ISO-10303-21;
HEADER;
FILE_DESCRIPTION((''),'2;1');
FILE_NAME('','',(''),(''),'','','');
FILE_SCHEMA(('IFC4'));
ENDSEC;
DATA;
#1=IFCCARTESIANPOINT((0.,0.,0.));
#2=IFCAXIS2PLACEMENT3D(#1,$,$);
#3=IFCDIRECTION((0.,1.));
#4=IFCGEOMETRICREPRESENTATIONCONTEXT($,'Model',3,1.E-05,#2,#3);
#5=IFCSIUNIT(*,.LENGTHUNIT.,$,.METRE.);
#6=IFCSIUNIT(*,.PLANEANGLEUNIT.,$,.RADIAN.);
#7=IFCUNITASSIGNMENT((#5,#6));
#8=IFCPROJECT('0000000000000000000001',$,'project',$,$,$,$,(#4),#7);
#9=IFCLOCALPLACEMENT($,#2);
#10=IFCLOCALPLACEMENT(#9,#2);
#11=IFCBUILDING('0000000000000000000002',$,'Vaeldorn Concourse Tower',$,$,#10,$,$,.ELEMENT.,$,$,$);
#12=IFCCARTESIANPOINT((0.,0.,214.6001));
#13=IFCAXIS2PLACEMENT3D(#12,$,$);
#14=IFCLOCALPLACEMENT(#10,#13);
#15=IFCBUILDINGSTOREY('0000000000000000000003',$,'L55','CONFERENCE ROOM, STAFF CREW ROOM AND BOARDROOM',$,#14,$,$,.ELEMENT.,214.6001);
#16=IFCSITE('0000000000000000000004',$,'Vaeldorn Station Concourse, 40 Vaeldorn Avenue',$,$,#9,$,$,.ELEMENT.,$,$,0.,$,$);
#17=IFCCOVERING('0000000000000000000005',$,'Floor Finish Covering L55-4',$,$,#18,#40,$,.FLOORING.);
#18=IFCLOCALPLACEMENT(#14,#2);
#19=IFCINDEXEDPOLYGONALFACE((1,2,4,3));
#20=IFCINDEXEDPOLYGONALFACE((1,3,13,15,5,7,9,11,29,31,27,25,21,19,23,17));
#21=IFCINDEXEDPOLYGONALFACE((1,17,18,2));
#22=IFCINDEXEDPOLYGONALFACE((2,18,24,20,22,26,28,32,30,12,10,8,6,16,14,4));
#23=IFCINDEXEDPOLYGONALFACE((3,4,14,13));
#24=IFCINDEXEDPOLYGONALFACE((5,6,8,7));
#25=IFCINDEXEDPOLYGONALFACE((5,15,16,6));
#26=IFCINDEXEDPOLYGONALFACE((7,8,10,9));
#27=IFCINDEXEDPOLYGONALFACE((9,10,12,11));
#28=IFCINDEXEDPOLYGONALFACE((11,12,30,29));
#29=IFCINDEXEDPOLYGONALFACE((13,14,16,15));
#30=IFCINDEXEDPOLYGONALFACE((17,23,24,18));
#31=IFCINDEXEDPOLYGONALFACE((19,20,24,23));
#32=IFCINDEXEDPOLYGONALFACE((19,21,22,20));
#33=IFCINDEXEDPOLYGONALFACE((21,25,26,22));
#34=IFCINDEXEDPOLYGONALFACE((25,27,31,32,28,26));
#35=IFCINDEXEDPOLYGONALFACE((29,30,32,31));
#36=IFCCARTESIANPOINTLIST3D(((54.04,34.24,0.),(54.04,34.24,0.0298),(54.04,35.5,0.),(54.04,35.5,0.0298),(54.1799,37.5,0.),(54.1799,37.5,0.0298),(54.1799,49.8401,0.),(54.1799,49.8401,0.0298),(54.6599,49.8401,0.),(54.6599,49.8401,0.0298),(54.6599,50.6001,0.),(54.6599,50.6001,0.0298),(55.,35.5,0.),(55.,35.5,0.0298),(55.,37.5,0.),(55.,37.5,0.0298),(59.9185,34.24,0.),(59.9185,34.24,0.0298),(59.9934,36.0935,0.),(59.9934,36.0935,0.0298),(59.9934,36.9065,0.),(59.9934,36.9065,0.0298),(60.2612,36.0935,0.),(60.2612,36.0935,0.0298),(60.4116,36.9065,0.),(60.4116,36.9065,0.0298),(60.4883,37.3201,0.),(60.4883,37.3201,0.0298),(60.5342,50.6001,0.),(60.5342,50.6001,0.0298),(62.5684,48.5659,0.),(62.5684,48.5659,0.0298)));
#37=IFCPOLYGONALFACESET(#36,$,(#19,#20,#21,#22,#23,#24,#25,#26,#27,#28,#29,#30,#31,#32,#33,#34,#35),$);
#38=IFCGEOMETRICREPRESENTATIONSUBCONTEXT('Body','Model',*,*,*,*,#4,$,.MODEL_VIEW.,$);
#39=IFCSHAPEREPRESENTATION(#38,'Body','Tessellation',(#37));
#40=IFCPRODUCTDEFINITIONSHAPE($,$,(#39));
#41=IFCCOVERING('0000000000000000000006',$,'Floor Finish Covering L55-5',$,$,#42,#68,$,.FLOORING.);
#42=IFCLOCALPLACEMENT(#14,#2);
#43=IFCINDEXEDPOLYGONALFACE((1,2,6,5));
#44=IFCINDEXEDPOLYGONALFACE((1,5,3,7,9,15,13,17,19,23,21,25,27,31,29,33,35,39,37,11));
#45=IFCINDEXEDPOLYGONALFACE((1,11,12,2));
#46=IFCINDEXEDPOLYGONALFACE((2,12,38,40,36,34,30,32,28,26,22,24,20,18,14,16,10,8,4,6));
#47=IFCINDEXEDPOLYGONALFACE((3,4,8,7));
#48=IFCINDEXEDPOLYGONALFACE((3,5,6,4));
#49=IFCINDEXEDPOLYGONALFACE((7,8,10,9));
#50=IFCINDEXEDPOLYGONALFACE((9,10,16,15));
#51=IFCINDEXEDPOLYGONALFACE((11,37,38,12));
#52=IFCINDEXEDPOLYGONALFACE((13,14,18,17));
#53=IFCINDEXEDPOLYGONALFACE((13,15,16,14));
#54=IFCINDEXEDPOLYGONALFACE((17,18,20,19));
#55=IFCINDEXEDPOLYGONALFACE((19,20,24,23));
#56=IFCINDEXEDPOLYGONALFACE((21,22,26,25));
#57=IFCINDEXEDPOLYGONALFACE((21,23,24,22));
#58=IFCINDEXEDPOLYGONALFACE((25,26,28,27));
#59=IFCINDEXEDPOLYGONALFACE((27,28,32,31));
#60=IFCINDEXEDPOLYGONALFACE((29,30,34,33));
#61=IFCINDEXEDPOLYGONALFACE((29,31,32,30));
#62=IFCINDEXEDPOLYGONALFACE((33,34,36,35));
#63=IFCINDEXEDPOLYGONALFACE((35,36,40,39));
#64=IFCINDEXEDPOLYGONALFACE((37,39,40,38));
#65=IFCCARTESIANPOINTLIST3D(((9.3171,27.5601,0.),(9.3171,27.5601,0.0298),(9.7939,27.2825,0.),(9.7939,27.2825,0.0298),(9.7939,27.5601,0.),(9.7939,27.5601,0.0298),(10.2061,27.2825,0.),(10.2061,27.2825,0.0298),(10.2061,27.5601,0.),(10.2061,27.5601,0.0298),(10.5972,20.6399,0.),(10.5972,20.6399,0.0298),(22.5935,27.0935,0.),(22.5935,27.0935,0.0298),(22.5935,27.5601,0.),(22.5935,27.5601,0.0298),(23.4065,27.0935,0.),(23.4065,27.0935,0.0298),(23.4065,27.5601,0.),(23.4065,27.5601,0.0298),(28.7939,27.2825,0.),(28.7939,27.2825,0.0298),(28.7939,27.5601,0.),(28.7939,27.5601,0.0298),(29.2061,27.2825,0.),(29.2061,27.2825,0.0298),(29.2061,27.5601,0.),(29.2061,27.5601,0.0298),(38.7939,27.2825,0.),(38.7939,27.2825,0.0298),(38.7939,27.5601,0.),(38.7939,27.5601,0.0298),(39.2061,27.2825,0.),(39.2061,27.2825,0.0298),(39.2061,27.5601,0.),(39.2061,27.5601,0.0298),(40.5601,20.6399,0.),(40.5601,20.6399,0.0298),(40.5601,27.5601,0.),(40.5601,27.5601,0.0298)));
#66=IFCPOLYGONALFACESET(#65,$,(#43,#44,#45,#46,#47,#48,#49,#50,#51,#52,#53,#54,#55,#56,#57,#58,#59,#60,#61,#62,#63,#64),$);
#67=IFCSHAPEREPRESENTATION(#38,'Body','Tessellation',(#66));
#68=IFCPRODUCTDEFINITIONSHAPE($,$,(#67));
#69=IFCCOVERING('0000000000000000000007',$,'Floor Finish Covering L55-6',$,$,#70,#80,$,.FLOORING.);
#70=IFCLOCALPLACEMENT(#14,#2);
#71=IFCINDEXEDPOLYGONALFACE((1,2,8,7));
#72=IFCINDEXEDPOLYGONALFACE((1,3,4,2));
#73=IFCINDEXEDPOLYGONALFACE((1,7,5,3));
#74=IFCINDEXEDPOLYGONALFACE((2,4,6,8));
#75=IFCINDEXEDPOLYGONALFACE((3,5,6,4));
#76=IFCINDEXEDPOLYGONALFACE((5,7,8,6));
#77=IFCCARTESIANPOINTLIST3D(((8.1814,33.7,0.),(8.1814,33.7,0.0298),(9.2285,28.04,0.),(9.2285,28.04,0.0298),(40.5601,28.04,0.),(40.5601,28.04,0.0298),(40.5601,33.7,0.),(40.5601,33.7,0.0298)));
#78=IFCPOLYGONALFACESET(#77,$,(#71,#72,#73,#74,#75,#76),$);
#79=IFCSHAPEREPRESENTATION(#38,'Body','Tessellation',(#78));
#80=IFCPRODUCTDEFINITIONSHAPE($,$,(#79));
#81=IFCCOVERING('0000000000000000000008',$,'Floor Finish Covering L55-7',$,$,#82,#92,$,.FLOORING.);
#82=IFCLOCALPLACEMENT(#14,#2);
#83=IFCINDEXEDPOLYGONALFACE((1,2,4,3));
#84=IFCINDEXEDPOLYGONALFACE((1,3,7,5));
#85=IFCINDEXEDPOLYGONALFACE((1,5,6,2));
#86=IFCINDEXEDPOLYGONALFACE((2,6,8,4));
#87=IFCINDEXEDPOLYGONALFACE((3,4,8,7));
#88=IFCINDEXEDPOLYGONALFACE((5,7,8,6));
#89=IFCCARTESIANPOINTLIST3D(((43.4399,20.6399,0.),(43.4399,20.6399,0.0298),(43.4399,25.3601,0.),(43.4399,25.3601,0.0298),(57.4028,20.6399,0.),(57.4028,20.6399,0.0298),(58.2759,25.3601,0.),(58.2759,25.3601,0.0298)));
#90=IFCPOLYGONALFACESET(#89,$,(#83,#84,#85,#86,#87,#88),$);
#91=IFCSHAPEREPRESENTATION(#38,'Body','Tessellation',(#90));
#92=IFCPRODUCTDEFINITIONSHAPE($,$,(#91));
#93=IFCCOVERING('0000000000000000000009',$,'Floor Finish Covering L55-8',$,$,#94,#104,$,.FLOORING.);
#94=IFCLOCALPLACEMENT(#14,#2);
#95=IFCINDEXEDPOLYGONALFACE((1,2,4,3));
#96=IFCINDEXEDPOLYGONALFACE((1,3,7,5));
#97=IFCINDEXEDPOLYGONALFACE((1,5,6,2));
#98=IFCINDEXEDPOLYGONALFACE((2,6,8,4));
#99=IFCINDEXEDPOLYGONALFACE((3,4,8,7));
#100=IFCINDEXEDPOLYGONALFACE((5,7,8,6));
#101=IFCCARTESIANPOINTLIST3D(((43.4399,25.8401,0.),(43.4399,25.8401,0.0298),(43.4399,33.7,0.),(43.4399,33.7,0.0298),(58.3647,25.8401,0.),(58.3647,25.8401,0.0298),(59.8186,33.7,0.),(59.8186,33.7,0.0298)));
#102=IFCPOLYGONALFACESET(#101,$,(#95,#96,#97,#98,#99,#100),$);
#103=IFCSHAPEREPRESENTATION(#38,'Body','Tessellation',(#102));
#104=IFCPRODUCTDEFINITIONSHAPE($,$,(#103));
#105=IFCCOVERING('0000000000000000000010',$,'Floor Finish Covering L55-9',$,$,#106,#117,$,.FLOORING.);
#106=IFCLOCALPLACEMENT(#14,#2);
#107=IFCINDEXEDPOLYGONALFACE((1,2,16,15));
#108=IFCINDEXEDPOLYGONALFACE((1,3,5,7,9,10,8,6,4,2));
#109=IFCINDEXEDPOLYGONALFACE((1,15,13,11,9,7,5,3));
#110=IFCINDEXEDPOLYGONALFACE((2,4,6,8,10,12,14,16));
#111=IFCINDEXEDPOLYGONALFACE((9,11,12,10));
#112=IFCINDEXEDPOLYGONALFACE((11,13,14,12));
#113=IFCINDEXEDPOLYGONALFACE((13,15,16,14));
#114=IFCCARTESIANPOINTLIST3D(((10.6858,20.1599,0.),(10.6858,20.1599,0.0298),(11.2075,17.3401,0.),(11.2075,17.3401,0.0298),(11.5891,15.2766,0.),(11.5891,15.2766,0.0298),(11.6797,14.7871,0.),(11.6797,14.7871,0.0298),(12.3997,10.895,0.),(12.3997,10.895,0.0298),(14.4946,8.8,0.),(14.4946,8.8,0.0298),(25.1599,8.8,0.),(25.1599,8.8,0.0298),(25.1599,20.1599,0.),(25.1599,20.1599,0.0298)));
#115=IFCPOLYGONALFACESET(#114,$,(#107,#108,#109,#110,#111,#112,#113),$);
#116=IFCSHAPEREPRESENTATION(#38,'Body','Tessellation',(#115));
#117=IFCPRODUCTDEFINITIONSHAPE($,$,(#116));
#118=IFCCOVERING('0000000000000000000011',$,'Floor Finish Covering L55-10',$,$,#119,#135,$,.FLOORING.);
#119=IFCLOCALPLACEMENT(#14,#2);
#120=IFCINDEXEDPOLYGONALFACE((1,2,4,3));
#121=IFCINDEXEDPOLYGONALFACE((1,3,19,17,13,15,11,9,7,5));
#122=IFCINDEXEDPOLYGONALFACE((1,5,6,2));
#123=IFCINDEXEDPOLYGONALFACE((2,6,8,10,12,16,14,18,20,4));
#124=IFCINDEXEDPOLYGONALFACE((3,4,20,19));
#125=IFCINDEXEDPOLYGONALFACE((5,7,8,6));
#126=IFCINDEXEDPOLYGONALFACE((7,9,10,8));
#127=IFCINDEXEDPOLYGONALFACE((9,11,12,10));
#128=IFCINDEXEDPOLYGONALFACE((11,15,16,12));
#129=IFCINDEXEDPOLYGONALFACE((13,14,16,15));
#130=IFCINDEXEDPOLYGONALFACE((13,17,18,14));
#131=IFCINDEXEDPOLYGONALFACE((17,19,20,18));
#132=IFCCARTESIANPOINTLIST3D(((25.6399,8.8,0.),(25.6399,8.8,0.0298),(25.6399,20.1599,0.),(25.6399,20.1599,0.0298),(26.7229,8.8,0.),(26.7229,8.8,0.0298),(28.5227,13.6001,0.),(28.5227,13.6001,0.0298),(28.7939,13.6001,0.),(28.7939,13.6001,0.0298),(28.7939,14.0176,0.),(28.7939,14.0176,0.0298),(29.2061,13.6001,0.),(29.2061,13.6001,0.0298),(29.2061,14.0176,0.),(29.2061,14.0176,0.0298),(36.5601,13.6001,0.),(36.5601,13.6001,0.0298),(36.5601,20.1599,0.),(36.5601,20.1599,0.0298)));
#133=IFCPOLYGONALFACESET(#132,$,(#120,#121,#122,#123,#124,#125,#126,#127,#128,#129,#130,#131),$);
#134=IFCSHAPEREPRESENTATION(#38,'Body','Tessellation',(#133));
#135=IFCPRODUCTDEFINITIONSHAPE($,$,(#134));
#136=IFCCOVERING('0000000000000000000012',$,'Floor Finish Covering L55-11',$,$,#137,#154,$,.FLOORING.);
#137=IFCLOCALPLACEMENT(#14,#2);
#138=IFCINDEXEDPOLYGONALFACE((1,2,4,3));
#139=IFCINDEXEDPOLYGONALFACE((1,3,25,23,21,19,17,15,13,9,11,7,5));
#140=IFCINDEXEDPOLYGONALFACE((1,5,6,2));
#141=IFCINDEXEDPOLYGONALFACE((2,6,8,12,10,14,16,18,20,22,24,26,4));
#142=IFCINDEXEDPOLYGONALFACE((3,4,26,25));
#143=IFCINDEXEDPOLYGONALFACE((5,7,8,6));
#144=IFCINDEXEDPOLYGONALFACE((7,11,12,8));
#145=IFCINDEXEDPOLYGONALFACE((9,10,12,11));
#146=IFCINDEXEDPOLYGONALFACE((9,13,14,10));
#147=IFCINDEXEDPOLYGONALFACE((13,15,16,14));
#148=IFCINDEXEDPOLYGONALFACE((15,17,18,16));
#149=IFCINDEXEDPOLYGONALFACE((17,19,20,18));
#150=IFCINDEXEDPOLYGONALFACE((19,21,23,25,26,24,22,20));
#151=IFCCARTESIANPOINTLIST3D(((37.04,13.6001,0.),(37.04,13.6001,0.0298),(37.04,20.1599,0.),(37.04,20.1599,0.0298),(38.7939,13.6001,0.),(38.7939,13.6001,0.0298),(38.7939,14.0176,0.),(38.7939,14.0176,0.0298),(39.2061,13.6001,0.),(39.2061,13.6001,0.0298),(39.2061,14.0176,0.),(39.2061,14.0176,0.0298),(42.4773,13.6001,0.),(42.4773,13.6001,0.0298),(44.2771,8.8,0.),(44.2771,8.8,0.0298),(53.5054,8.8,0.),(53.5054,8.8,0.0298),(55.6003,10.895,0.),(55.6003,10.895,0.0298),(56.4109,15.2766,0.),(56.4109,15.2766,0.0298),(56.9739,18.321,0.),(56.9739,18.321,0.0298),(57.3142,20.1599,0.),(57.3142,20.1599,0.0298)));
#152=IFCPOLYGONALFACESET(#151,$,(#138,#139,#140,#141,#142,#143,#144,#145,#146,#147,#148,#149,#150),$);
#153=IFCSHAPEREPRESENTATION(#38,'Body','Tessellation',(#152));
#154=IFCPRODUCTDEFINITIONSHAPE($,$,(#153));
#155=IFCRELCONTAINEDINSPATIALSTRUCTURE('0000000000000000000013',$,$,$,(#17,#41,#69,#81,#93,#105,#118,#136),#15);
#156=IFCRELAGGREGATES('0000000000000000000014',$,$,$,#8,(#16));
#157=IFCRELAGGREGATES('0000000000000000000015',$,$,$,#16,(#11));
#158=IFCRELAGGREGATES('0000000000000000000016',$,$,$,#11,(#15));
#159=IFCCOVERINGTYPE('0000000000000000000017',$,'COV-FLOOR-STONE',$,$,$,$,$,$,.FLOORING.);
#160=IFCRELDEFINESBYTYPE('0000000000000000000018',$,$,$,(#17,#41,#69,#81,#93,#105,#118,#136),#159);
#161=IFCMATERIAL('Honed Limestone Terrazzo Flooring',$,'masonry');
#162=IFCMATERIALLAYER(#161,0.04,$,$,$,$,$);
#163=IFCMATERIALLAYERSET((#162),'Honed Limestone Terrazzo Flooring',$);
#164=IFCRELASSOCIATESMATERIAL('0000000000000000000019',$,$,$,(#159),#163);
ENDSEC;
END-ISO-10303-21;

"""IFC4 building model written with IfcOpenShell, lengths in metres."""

from ifc_helpers import new_model, si_unit, direction, frame, origin, place, context, subcontext, project, spatial, polyline, outline, extrude, material, layer, layer_set, type_object, element, save


model = new_model("IFC4")

# Units and contexts
model_context = context("Model", 3, precision=1e-05, world=origin(), true_north=direction((0.0, 1.0)))
body_context = subcontext(model_context, "Body", "Model", "MODEL_VIEW")
ifc_project = project(units=[si_unit("LENGTHUNIT", "METRE"), si_unit("PLANEANGLEUNIT", "RADIAN")], contexts=[model_context])

# Site, building, storey
site_placement = place(None, origin())
site = spatial("IfcSite", under=ifc_project, at=site_placement, Name="Vaeldorn Station Concourse, 40 Vaeldorn Avenue", CompositionType="ELEMENT", RefElevation=0.0)
building_placement = place(site_placement, origin())
building = spatial("IfcBuilding", under=site, at=building_placement, Name="Vaeldorn Concourse Tower", CompositionType="ELEMENT")
storey_placement = place(building_placement, frame((0.0, 0.0, 214.6001)))
storey = spatial("IfcBuildingStorey", under=building, at=storey_placement, Name="L55", Description="CONFERENCE ROOM, STAFF CREW ROOM AND BOARDROOM", CompositionType="ELEMENT", Elevation=214.6001)

# Coverings
ifc_material_1 = material(Name="Honed Limestone Terrazzo Flooring", Category="masonry")
ifc_layer_1 = layer(ifc_material_1, 0.04)
ifc_layer_set_1 = layer_set([ifc_layer_1], Name="Honed Limestone Terrazzo Flooring")
covering_type_1 = type_object("IfcCoveringType", Name="COV-FLOOR-STONE", PredefinedType="FLOORING", material=ifc_layer_set_1)
covering_1_placement = place(storey_placement, origin())
element("IfcCovering", 1, at=covering_1_placement, inside=storey, type_object=covering_type_1, Name="Floor Finish Covering L55-4", PredefinedType="FLOORING", context=body_context, shape_type="SweptSolid", body=[
    extrude(outline(polyline([(54.1799, 49.8401), (54.6599, 49.8401), (54.6599, 50.6001), (60.5342, 50.6001), (62.5684, 48.5659), (60.4883, 37.3201), (60.4883, 37.3201), (60.4116, 36.9065), (59.9934, 36.9065), (59.9934, 36.0935), (60.2612, 36.0935), (59.9185, 34.24), (54.04, 34.24), (54.04, 35.5), (55.0, 35.5), (55.0, 37.5), (54.1799, 37.5), (54.1799, 49.8401)])), origin(), (0.0, 0.0, 1.0), 0.0298),
])
covering_2_placement = place(storey_placement, origin())
element("IfcCovering", 2, at=covering_2_placement, inside=storey, type_object=covering_type_1, Name="Floor Finish Covering L55-5", PredefinedType="FLOORING", context=body_context, shape_type="SweptSolid", body=[
    extrude(outline(polyline([(9.7939, 27.5601), (9.7939, 27.2825), (10.2061, 27.2825), (10.2061, 27.5601), (22.5935, 27.5601), (22.5935, 27.0935), (23.4065, 27.0935), (23.4065, 27.5601), (28.7939, 27.5601), (28.7939, 27.2825), (29.2061, 27.2825), (29.2061, 27.5601), (38.7939, 27.5601), (38.7939, 27.2825), (39.2061, 27.2825), (39.2061, 27.5601), (40.5601, 27.5601), (40.5601, 20.6399), (10.5972, 20.6399), (9.3171, 27.5601), (9.7939, 27.5601)])), origin(), (0.0, 0.0, 1.0), 0.0298),
])
covering_3_placement = place(storey_placement, origin())
element("IfcCovering", 3, at=covering_3_placement, inside=storey, type_object=covering_type_1, Name="Floor Finish Covering L55-6", PredefinedType="FLOORING", context=body_context, shape_type="SweptSolid", body=[
    extrude(outline(polyline([(40.5601, 33.7), (40.5601, 28.04), (9.2285, 28.04), (8.1814, 33.7), (40.5601, 33.7)])), origin(), (0.0, 0.0, 1.0), 0.0298),
])
covering_4_placement = place(storey_placement, origin())
element("IfcCovering", 4, at=covering_4_placement, inside=storey, type_object=covering_type_1, Name="Floor Finish Covering L55-7", PredefinedType="FLOORING", context=body_context, shape_type="SweptSolid", body=[
    extrude(outline(polyline([(43.4399, 20.6399), (43.4399, 25.3601), (58.2759, 25.3601), (57.4028, 20.6399), (43.4399, 20.6399)])), origin(), (0.0, 0.0, 1.0), 0.0298),
])
covering_5_placement = place(storey_placement, origin())
element("IfcCovering", 5, at=covering_5_placement, inside=storey, type_object=covering_type_1, Name="Floor Finish Covering L55-8", PredefinedType="FLOORING", context=body_context, shape_type="SweptSolid", body=[
    extrude(outline(polyline([(43.4399, 25.8401), (43.4399, 33.7), (59.8186, 33.7), (58.3647, 25.8401), (43.4399, 25.8401)])), origin(), (0.0, 0.0, 1.0), 0.0298),
])
covering_6_placement = place(storey_placement, origin())
element("IfcCovering", 6, at=covering_6_placement, inside=storey, type_object=covering_type_1, Name="Floor Finish Covering L55-9", PredefinedType="FLOORING", context=body_context, shape_type="SweptSolid", body=[
    extrude(outline(polyline([(25.1599, 20.1599), (25.1599, 8.8), (14.4946, 8.8), (12.3997, 10.895), (11.6797, 14.7871), (11.5891, 15.2766), (11.2075, 17.3401), (11.2075, 17.3401), (10.6858, 20.1599), (25.1599, 20.1599)])), origin(), (0.0, 0.0, 1.0), 0.0298),
])
covering_7_placement = place(storey_placement, origin())
element("IfcCovering", 7, at=covering_7_placement, inside=storey, type_object=covering_type_1, Name="Floor Finish Covering L55-10", PredefinedType="FLOORING", context=body_context, shape_type="SweptSolid", body=[
    extrude(outline(polyline([(26.7229, 8.8), (25.6399, 8.8), (25.6399, 20.1599), (36.5601, 20.1599), (36.5601, 13.6001), (29.2061, 13.6001), (29.2061, 14.0176), (28.7939, 14.0176), (28.7939, 13.6001), (28.5227, 13.6001), (26.7229, 8.8)])), origin(), (0.0, 0.0, 1.0), 0.0298),
])
covering_8_placement = place(storey_placement, origin())
element("IfcCovering", 8, at=covering_8_placement, inside=storey, type_object=covering_type_1, Name="Floor Finish Covering L55-11", PredefinedType="FLOORING", context=body_context, shape_type="SweptSolid", body=[
    extrude(outline(polyline([(37.04, 20.1599), (57.3142, 20.1599), (56.9739, 18.321), (56.4109, 15.2766), (55.6003, 10.895), (53.5054, 8.8), (44.2771, 8.8), (42.4773, 13.6001), (39.2061, 13.6001), (39.2061, 14.0176), (38.7939, 14.0176), (38.7939, 13.6001), (37.04, 13.6001), (37.04, 20.1599)])), origin(), (0.0, 0.0, 1.0), 0.0298),
])

save(model, "model.ifc")
